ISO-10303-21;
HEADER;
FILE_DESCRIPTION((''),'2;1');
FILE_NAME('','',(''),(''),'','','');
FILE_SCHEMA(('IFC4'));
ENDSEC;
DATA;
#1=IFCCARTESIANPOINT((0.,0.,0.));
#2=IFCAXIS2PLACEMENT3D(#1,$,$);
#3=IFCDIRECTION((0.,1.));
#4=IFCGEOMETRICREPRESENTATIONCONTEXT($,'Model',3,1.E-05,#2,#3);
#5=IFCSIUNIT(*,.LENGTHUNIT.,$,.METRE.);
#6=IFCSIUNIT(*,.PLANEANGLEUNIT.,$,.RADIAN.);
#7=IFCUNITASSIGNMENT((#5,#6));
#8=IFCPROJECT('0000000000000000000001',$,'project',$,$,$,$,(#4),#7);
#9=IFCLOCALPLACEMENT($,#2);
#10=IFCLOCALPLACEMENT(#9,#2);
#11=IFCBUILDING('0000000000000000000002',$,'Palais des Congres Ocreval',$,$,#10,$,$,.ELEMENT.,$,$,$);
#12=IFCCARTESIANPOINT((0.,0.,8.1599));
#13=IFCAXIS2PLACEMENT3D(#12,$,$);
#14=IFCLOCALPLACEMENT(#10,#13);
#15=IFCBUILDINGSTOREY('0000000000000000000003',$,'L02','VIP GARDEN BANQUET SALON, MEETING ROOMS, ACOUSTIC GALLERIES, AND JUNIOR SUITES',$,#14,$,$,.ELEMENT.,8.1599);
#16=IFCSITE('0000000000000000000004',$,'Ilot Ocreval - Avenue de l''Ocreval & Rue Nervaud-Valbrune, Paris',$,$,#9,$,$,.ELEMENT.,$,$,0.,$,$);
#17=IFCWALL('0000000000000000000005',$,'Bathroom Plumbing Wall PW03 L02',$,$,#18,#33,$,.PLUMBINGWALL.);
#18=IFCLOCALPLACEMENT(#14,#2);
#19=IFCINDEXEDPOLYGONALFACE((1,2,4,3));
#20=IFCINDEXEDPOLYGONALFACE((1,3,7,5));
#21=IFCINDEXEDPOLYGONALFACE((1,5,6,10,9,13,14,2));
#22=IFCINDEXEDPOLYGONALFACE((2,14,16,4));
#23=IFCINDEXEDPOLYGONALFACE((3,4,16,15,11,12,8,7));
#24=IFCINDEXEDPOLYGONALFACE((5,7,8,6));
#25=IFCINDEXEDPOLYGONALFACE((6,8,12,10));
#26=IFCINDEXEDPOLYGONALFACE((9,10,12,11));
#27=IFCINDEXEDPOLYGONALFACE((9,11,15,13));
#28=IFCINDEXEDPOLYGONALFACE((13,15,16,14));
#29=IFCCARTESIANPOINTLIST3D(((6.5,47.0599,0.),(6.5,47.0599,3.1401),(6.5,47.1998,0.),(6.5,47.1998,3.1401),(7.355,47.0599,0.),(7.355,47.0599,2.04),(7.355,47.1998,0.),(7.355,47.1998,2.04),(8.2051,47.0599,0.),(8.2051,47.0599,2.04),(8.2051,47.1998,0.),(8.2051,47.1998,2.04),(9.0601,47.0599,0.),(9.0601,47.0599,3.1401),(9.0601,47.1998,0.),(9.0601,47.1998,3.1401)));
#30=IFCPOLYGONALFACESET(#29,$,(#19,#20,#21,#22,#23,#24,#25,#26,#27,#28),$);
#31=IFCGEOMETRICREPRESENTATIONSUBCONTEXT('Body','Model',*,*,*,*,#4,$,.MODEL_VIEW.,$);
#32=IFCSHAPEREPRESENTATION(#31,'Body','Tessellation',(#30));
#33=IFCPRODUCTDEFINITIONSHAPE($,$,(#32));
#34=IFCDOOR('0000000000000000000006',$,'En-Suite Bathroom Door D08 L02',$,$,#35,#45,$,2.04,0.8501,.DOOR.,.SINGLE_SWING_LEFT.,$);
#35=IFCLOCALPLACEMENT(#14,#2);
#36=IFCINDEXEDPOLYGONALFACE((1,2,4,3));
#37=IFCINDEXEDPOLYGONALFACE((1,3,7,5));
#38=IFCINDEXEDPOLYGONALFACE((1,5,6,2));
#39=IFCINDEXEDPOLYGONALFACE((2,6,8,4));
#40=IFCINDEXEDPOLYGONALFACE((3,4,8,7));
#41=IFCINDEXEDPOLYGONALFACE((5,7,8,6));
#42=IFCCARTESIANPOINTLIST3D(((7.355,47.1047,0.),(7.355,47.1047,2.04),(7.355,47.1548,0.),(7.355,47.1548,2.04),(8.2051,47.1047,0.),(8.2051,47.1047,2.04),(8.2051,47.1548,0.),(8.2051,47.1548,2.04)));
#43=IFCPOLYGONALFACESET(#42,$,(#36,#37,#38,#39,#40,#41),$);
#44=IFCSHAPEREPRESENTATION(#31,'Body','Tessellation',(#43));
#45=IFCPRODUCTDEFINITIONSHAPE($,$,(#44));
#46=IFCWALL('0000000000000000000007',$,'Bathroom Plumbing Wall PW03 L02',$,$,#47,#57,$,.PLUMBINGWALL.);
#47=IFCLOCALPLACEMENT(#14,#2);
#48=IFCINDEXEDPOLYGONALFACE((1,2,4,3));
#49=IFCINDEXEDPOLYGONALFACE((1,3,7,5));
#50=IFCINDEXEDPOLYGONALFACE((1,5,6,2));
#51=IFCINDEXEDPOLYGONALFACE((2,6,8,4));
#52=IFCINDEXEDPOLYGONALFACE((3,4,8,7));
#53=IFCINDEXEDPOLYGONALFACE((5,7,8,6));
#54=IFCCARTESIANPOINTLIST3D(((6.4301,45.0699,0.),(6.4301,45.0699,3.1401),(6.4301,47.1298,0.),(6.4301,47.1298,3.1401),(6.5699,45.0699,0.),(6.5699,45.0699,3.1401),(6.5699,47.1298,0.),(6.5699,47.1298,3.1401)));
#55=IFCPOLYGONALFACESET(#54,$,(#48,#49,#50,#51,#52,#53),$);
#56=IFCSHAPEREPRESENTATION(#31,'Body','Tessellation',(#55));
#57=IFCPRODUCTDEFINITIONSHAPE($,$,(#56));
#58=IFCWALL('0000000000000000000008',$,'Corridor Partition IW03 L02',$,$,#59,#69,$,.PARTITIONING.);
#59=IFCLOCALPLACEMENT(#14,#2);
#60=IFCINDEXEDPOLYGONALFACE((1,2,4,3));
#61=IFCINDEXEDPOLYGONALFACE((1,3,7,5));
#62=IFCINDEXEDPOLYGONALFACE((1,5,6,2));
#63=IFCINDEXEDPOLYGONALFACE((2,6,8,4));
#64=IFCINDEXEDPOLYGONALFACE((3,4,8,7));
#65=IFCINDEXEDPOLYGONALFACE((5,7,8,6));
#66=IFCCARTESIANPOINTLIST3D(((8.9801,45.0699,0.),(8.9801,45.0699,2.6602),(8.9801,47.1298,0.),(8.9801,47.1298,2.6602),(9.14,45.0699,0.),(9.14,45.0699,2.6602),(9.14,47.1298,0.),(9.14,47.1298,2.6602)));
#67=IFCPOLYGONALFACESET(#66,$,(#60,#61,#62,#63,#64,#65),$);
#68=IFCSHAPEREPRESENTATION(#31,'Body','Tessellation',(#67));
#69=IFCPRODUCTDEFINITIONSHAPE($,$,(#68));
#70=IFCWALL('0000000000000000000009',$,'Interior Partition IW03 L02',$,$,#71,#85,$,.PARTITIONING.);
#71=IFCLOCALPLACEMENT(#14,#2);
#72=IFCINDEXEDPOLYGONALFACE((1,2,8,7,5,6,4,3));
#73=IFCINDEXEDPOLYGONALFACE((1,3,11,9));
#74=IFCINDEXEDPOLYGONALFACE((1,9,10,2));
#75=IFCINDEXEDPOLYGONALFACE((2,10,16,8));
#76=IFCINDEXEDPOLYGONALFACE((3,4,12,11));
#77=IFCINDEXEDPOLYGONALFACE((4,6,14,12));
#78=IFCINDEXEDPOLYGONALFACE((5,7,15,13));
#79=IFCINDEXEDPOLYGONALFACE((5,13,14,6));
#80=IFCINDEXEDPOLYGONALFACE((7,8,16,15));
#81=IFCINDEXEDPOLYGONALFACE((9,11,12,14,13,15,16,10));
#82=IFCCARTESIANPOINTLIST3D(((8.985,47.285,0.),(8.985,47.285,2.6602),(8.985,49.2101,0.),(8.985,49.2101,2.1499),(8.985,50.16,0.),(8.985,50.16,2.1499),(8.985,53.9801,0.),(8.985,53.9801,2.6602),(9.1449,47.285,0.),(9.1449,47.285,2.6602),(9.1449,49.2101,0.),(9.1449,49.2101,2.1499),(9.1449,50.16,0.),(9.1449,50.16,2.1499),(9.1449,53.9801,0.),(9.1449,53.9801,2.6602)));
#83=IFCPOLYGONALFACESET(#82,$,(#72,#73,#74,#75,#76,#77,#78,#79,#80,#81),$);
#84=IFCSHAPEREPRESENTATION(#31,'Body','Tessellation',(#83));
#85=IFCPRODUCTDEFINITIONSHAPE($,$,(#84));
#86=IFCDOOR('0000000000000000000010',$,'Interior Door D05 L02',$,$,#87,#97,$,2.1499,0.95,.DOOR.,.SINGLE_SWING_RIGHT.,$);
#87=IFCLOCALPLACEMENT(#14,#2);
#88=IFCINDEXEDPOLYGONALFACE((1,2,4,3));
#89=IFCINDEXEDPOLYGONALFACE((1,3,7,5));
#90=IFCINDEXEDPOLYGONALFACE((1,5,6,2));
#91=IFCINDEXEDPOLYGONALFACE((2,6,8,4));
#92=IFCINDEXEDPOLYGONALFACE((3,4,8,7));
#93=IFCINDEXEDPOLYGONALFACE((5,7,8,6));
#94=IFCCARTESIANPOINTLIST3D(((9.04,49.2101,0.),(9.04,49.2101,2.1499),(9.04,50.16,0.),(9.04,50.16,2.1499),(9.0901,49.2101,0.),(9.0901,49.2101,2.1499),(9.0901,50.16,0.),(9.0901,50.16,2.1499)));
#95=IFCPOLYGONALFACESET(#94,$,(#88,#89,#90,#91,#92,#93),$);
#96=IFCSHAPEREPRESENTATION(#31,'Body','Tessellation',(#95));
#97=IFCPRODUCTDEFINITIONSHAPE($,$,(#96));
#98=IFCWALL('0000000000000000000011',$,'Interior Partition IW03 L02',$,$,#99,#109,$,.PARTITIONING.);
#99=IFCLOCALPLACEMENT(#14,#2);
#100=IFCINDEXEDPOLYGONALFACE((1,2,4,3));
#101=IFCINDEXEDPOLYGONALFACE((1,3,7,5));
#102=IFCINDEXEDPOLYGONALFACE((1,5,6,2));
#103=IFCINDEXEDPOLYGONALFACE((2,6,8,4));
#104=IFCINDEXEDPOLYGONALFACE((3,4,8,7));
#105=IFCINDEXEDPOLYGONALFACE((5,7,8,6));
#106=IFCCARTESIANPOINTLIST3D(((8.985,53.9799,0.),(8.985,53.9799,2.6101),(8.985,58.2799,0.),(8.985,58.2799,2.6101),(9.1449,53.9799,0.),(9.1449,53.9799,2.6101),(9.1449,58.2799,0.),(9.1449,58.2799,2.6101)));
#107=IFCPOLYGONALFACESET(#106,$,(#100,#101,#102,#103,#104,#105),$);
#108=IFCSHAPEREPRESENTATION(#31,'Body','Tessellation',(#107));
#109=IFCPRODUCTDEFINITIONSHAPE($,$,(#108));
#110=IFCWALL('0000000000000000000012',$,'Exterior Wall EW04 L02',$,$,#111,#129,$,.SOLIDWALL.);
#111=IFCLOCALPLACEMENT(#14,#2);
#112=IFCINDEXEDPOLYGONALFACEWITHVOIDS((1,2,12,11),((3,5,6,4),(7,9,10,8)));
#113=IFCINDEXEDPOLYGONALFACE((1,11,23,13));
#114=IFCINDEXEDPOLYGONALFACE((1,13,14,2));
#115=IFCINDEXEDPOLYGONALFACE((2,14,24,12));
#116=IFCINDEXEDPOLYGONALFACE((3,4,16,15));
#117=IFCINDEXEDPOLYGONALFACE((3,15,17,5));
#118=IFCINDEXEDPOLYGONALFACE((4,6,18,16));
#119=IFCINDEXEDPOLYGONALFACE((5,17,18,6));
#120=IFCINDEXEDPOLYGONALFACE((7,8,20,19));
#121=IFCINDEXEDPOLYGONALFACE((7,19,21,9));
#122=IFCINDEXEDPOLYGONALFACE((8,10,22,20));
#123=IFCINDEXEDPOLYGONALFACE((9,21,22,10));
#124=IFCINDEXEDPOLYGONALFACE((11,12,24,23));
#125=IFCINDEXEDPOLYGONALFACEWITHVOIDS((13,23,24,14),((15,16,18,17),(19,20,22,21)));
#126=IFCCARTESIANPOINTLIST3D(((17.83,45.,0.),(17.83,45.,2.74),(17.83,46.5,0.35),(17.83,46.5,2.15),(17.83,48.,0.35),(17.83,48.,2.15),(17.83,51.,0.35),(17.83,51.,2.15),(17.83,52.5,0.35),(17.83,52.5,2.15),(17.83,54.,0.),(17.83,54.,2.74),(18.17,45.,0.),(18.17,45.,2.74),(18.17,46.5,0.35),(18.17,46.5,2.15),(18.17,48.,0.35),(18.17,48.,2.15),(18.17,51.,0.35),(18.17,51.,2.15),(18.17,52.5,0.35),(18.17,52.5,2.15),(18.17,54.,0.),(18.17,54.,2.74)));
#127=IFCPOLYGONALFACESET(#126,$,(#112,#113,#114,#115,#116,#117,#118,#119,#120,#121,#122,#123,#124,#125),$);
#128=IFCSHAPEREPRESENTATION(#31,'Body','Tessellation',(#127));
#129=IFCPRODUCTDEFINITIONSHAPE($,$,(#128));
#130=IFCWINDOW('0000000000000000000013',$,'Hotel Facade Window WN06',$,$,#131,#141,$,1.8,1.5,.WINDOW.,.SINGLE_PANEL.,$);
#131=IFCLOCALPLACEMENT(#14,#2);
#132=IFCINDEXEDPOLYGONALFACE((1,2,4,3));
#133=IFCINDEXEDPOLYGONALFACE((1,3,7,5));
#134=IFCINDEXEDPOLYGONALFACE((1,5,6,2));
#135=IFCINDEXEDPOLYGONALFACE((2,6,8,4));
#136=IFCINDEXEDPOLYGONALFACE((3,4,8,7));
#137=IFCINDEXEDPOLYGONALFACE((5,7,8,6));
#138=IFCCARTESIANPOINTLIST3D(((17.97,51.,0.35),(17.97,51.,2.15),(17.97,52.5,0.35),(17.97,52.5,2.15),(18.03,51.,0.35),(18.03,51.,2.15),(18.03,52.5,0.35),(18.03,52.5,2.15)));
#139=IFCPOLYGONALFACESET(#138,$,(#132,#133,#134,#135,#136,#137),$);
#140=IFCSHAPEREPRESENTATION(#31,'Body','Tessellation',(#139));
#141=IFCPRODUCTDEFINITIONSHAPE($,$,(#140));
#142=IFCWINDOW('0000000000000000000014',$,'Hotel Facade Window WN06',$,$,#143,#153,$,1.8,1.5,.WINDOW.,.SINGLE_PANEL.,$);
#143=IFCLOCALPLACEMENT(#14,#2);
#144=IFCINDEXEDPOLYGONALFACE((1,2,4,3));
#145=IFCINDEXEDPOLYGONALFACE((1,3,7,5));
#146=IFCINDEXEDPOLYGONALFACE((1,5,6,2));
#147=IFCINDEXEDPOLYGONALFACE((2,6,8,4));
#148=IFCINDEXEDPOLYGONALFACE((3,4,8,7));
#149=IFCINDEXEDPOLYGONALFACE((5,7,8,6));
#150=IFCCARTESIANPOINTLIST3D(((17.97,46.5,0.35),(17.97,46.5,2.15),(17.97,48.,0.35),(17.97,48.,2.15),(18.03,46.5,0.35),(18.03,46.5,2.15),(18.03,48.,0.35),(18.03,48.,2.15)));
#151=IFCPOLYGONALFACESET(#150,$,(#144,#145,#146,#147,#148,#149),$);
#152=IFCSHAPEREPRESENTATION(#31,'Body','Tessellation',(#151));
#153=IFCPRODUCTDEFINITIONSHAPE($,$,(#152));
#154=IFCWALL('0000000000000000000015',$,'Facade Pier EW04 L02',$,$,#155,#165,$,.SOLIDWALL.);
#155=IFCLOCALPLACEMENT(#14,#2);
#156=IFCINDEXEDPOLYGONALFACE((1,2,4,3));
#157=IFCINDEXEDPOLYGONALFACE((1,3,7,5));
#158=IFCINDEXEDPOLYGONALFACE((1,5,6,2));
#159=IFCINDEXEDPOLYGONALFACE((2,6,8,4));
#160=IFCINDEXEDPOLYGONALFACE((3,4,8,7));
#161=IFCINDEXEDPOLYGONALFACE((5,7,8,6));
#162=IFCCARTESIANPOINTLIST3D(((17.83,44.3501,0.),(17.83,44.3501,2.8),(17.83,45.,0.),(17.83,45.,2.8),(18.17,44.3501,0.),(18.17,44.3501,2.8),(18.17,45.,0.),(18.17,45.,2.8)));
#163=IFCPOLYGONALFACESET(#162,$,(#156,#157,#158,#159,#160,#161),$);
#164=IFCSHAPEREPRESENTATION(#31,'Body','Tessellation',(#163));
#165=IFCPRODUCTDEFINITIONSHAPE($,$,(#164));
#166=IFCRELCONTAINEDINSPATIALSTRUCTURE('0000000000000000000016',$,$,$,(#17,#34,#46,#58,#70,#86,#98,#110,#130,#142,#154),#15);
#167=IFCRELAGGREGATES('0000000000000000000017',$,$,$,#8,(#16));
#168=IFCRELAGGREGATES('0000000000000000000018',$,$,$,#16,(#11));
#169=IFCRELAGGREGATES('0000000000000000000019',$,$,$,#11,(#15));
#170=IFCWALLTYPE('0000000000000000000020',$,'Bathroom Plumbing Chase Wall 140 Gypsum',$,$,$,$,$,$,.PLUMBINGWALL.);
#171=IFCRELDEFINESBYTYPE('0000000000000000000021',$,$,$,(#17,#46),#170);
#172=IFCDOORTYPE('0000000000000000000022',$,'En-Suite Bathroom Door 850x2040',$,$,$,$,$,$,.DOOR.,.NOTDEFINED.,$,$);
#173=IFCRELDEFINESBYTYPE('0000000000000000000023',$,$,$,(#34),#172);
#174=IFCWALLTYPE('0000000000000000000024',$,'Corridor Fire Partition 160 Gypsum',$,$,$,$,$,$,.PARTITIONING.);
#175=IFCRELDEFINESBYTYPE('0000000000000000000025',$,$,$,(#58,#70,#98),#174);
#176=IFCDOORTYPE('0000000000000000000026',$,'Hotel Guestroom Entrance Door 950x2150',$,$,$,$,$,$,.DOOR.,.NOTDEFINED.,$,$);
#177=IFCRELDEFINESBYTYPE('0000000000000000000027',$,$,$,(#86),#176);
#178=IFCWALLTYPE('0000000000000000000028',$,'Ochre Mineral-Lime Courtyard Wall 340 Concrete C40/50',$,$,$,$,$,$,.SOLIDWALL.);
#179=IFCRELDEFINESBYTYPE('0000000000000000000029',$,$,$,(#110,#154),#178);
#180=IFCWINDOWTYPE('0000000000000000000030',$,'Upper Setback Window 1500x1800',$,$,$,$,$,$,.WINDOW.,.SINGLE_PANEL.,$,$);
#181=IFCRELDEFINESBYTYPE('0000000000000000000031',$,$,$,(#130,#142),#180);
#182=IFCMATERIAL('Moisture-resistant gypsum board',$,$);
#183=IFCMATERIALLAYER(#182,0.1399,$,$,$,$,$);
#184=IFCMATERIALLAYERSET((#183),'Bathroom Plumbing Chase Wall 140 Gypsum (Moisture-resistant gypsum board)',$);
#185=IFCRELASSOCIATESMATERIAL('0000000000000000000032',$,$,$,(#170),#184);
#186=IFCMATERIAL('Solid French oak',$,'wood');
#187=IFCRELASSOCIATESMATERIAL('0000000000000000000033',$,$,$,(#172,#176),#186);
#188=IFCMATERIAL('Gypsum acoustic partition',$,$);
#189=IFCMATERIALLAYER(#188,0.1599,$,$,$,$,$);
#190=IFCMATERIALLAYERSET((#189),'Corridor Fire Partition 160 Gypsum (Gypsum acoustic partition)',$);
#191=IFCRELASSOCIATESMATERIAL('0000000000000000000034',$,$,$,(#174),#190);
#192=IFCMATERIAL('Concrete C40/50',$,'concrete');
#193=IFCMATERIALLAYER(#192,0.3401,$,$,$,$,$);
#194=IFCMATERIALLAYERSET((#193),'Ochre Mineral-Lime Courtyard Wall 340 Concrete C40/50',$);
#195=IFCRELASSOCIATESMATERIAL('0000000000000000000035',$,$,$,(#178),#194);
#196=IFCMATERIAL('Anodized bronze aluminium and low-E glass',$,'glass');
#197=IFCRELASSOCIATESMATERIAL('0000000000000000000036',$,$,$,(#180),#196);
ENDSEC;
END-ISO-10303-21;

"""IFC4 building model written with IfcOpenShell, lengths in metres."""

from ifc_helpers import new_model, si_unit, direction, frame, frame_2d, origin, place, context, subcontext, project, spatial, rectangle, extrude, material, layer, layer_set, type_object, element, fill, save


model = new_model("IFC4")

# Units and contexts
model_context = context("Model", 3, precision=1e-05, world=origin(), true_north=direction((0.0, 1.0)))
body_context = subcontext(model_context, "Body", "Model", "MODEL_VIEW")
ifc_project = project(units=[si_unit("LENGTHUNIT", "METRE"), si_unit("PLANEANGLEUNIT", "RADIAN")], contexts=[model_context])

# Site, building, storey
site_placement = place(None, origin())
site = spatial("IfcSite", under=ifc_project, at=site_placement, Name="Ilot Ocreval - Avenue de l'Ocreval & Rue Nervaud-Valbrune, Paris", CompositionType="ELEMENT", RefElevation=0.0)
building_placement = place(site_placement, origin())
building = spatial("IfcBuilding", under=site, at=building_placement, Name="Palais des Congres Ocreval", CompositionType="ELEMENT")
storey_placement = place(building_placement, frame((0.0, 0.0, 8.1599)))
storey = spatial("IfcBuildingStorey", under=building, at=storey_placement, Name="L02", Description="VIP GARDEN BANQUET SALON, MEETING ROOMS, ACOUSTIC GALLERIES, AND JUNIOR SUITES", CompositionType="ELEMENT", Elevation=8.1599)

# Shared definitions
ifc_material_1 = material(Name="Concrete C40/50", Category="concrete")

# Shared definitions
ifc_material_2 = material(Name="Anodized bronze aluminium and low-E glass", Category="glass")

# Wall, opening, door
ifc_material_3 = material(Name="Moisture-resistant gypsum board")
ifc_layer_1 = layer(ifc_material_3, 0.1399)
ifc_layer_set_1 = layer_set([ifc_layer_1], Name="Bathroom Plumbing Chase Wall 140 Gypsum (Moisture-resistant gypsum board)")
wall_type_1 = type_object("IfcWallType", Name="Bathroom Plumbing Chase Wall 140 Gypsum", PredefinedType="PLUMBINGWALL", material=ifc_layer_set_1)
wall_1_placement = place(storey_placement, frame((6.5, 47.1299, 0.0), z_axis=(0.0, 0.0, 1.0), x_axis=(1.0, 0.0, 0.0)))
wall_1 = element("IfcWall", 1, at=wall_1_placement, inside=storey, type_object=wall_type_1, Name="Bathroom Plumbing Wall PW03 L02", PredefinedType="PLUMBINGWALL", context=body_context, shape_type="SweptSolid", body=[
    extrude(rectangle(XDim=2.5601, YDim=0.1399, at=frame_2d((1.28, 0.0))), origin(), (0.0, 0.0, 1.0), 3.1401),
])
opening_1_placement = place(wall_1_placement, frame((0.855, 0.0, 0.0)))
opening_1 = element("IfcOpeningElement", 2, at=opening_1_placement, cuts=wall_1, PredefinedType="OPENING", context=body_context, shape_type="SweptSolid", body=[
    extrude(rectangle(XDim=0.8501, YDim=2.04, at=frame_2d((0.425, 1.02))), frame((0.0, 0.0798, 0.0), z_axis=(0.0, -1.0, 0.0), x_axis=(1.0, 0.0, 0.0)), (0.0, 0.0, 1.0), 0.1599),
])
ifc_material_4 = material(Name="Solid French oak", Category="wood")
door_type_1 = type_object("IfcDoorType", Name="En-Suite Bathroom Door 850x2040", OperationType="NOTDEFINED", PredefinedType="DOOR", material=ifc_material_4)
door_1_placement = place(opening_1_placement, origin())
door_1 = element("IfcDoor", 3, at=door_1_placement, inside=storey, type_object=door_type_1, Name="En-Suite Bathroom Door D08 L02", OperationType="SINGLE_SWING_LEFT", OverallHeight=2.04, OverallWidth=0.8501, PredefinedType="DOOR", context=body_context, shape_type="SweptSolid", body=[
    extrude(rectangle(XDim=0.8501, YDim=2.04, at=frame_2d((0.425, 1.02))), frame((0.0, 0.0249, 0.0), z_axis=(0.0, -1.0, 0.0), x_axis=(1.0, 0.0, 0.0)), (0.0, 0.0, 1.0), 0.05),
])
fill(opening_1, door_1)

# Walls
wall_2_placement = place(storey_placement, frame((6.5, 45.0701, 0.0), z_axis=(0.0, 0.0, 1.0), x_axis=(0.0, 1.0, 0.0)))
element("IfcWall", 4, at=wall_2_placement, inside=storey, type_object=wall_type_1, Name="Bathroom Plumbing Wall PW03 L02", PredefinedType="PLUMBINGWALL", context=body_context, shape_type="SweptSolid", body=[
    extrude(rectangle(XDim=2.0598, YDim=0.1399, at=frame_2d((1.0298, 0.0))), origin(), (0.0, 0.0, 1.0), 3.1401),
])
ifc_material_5 = material(Name="Gypsum acoustic partition")
ifc_layer_2 = layer(ifc_material_5, 0.1599)
ifc_layer_set_2 = layer_set([ifc_layer_2], Name="Corridor Fire Partition 160 Gypsum (Gypsum acoustic partition)")
wall_type_2 = type_object("IfcWallType", Name="Corridor Fire Partition 160 Gypsum", PredefinedType="PARTITIONING", material=ifc_layer_set_2)
wall_3_placement = place(storey_placement, frame((9.0601, 45.0701, 0.0), z_axis=(0.0, 0.0, 1.0), x_axis=(0.0, 1.0, 0.0)))
element("IfcWall", 5, at=wall_3_placement, inside=storey, type_object=wall_type_2, Name="Corridor Partition IW03 L02", PredefinedType="PARTITIONING", context=body_context, shape_type="SweptSolid", body=[
    extrude(rectangle(XDim=2.0598, YDim=0.1599, at=frame_2d((1.0298, 0.0))), origin(), (0.0, 0.0, 1.0), 2.6602),
])

# Wall, opening, door
wall_4_placement = place(storey_placement, frame((9.0649, 47.2849, 0.0), z_axis=(0.0, 0.0, 1.0), x_axis=(0.0, 1.0, 0.0)))
wall_4 = element("IfcWall", 6, at=wall_4_placement, inside=storey, type_object=wall_type_2, Name="Interior Partition IW03 L02", PredefinedType="PARTITIONING", context=body_context, shape_type="SweptSolid", body=[
    extrude(rectangle(XDim=6.6951, YDim=0.1599, at=frame_2d((3.3477, 0.0))), origin(), (0.0, 0.0, 1.0), 2.6602),
])
opening_2_placement = place(wall_4_placement, frame((1.925, 0.0, 0.0)))
opening_2 = element("IfcOpeningElement", 7, at=opening_2_placement, cuts=wall_4, PredefinedType="OPENING", context=body_context, shape_type="SweptSolid", body=[
    extrude(rectangle(XDim=0.95, YDim=2.1499, at=frame_2d((0.4751, 1.075))), frame((0.0, 0.0898, 0.0), z_axis=(0.0, -1.0, 0.0), x_axis=(1.0, 0.0, 0.0)), (0.0, 0.0, 1.0), 0.1799),
])
door_type_2 = type_object("IfcDoorType", Name="Hotel Guestroom Entrance Door 950x2150", OperationType="NOTDEFINED", PredefinedType="DOOR", material=ifc_material_4)
door_2_placement = place(opening_2_placement, origin())
door_2 = element("IfcDoor", 8, at=door_2_placement, inside=storey, type_object=door_type_2, Name="Interior Door D05 L02", OperationType="SINGLE_SWING_RIGHT", OverallHeight=2.1499, OverallWidth=0.95, PredefinedType="DOOR", context=body_context, shape_type="SweptSolid", body=[
    extrude(rectangle(XDim=0.95, YDim=2.1499, at=frame_2d((0.4751, 1.075))), frame((0.0, 0.0249, 0.0), z_axis=(0.0, -1.0, 0.0), x_axis=(1.0, 0.0, 0.0)), (0.0, 0.0, 1.0), 0.05),
])
fill(opening_2, door_2)

# Wall
wall_5_placement = place(storey_placement, frame((9.0649, 53.98, 0.0), z_axis=(0.0, 0.0, 1.0), x_axis=(0.0, 1.0, 0.0)))
element("IfcWall", 9, at=wall_5_placement, inside=storey, type_object=wall_type_2, Name="Interior Partition IW03 L02", PredefinedType="PARTITIONING", context=body_context, shape_type="SweptSolid", body=[
    extrude(rectangle(XDim=4.3, YDim=0.1599, at=frame_2d((2.1499, 0.0))), origin(), (0.0, 0.0, 1.0), 2.6101),
])

# Wall, openings, windows
ifc_layer_3 = layer(ifc_material_1, 0.3401)
ifc_layer_set_3 = layer_set([ifc_layer_3], Name="Ochre Mineral-Lime Courtyard Wall 340 Concrete C40/50")
wall_type_3 = type_object("IfcWallType", Name="Ochre Mineral-Lime Courtyard Wall 340 Concrete C40/50", PredefinedType="SOLIDWALL", material=ifc_layer_set_3)
wall_6_placement = place(storey_placement, frame((18.0, 54.0, 0.0), z_axis=(0.0, 0.0, 1.0), x_axis=(0.0, -1.0, 0.0)))
wall_6 = element("IfcWall", 10, at=wall_6_placement, inside=storey, type_object=wall_type_3, Name="Exterior Wall EW04 L02", PredefinedType="SOLIDWALL", context=body_context, shape_type="SweptSolid", body=[
    extrude(rectangle(XDim=9.0, YDim=0.3401, at=frame_2d((4.5, 0.0))), origin(), (0.0, 0.0, 1.0), 2.74),
])
opening_3_placement = place(wall_6_placement, frame((1.5, 0.0, 0.3501)))
opening_3 = element("IfcOpeningElement", 11, at=opening_3_placement, cuts=wall_6, PredefinedType="OPENING", context=body_context, shape_type="SweptSolid", body=[
    extrude(rectangle(XDim=1.5, YDim=1.8, at=frame_2d((0.75, 0.8999))), frame((0.0, 0.1799, 0.0), z_axis=(0.0, -1.0, 0.0), x_axis=(1.0, 0.0, 0.0)), (0.0, 0.0, 1.0), 0.3601),
])
opening_4_placement = place(wall_6_placement, frame((6.0, 0.0, 0.3501)))
opening_4 = element("IfcOpeningElement", 12, at=opening_4_placement, cuts=wall_6, PredefinedType="OPENING", context=body_context, shape_type="SweptSolid", body=[
    extrude(rectangle(XDim=1.5, YDim=1.8, at=frame_2d((0.75, 0.8999))), frame((0.0, 0.1799, 0.0), z_axis=(0.0, -1.0, 0.0), x_axis=(1.0, 0.0, 0.0)), (0.0, 0.0, 1.0), 0.3601),
])
window_type = type_object("IfcWindowType", Name="Upper Setback Window 1500x1800", PartitioningType="SINGLE_PANEL", PredefinedType="WINDOW", material=ifc_material_2)
window_1_placement = place(opening_3_placement, origin())
window_1 = element("IfcWindow", 13, at=window_1_placement, inside=storey, type_object=window_type, Name="Hotel Facade Window WN06", OverallHeight=1.8, OverallWidth=1.5, PartitioningType="SINGLE_PANEL", PredefinedType="WINDOW", context=body_context, shape_type="SweptSolid", body=[
    extrude(rectangle(XDim=1.5, YDim=1.8, at=frame_2d((0.75, 0.8999))), frame((0.0, 0.03, 0.0), z_axis=(0.0, -1.0, 0.0), x_axis=(1.0, 0.0, 0.0)), (0.0, 0.0, 1.0), 0.0601),
])
fill(opening_3, window_1)
window_2_placement = place(opening_4_placement, origin())
window_2 = element("IfcWindow", 14, at=window_2_placement, inside=storey, type_object=window_type, Name="Hotel Facade Window WN06", OverallHeight=1.8, OverallWidth=1.5, PartitioningType="SINGLE_PANEL", PredefinedType="WINDOW", context=body_context, shape_type="SweptSolid", body=[
    extrude(rectangle(XDim=1.5, YDim=1.8, at=frame_2d((0.75, 0.8999))), frame((0.0, 0.03, 0.0), z_axis=(0.0, -1.0, 0.0), x_axis=(1.0, 0.0, 0.0)), (0.0, 0.0, 1.0), 0.0601),
])
fill(opening_4, window_2)

# Wall
wall_7_placement = place(storey_placement, frame((18.0, 45.0, 0.0), z_axis=(0.0, 0.0, 1.0), x_axis=(0.0, -1.0, 0.0)))
element("IfcWall", 15, at=wall_7_placement, inside=storey, type_object=wall_type_3, Name="Facade Pier EW04 L02", PredefinedType="SOLIDWALL", context=body_context, shape_type="SweptSolid", body=[
    extrude(rectangle(XDim=0.6499, YDim=0.3401, at=frame_2d((0.325, 0.0))), origin(), (0.0, 0.0, 1.0), 2.8),
])

save(model, "model.ifc")
